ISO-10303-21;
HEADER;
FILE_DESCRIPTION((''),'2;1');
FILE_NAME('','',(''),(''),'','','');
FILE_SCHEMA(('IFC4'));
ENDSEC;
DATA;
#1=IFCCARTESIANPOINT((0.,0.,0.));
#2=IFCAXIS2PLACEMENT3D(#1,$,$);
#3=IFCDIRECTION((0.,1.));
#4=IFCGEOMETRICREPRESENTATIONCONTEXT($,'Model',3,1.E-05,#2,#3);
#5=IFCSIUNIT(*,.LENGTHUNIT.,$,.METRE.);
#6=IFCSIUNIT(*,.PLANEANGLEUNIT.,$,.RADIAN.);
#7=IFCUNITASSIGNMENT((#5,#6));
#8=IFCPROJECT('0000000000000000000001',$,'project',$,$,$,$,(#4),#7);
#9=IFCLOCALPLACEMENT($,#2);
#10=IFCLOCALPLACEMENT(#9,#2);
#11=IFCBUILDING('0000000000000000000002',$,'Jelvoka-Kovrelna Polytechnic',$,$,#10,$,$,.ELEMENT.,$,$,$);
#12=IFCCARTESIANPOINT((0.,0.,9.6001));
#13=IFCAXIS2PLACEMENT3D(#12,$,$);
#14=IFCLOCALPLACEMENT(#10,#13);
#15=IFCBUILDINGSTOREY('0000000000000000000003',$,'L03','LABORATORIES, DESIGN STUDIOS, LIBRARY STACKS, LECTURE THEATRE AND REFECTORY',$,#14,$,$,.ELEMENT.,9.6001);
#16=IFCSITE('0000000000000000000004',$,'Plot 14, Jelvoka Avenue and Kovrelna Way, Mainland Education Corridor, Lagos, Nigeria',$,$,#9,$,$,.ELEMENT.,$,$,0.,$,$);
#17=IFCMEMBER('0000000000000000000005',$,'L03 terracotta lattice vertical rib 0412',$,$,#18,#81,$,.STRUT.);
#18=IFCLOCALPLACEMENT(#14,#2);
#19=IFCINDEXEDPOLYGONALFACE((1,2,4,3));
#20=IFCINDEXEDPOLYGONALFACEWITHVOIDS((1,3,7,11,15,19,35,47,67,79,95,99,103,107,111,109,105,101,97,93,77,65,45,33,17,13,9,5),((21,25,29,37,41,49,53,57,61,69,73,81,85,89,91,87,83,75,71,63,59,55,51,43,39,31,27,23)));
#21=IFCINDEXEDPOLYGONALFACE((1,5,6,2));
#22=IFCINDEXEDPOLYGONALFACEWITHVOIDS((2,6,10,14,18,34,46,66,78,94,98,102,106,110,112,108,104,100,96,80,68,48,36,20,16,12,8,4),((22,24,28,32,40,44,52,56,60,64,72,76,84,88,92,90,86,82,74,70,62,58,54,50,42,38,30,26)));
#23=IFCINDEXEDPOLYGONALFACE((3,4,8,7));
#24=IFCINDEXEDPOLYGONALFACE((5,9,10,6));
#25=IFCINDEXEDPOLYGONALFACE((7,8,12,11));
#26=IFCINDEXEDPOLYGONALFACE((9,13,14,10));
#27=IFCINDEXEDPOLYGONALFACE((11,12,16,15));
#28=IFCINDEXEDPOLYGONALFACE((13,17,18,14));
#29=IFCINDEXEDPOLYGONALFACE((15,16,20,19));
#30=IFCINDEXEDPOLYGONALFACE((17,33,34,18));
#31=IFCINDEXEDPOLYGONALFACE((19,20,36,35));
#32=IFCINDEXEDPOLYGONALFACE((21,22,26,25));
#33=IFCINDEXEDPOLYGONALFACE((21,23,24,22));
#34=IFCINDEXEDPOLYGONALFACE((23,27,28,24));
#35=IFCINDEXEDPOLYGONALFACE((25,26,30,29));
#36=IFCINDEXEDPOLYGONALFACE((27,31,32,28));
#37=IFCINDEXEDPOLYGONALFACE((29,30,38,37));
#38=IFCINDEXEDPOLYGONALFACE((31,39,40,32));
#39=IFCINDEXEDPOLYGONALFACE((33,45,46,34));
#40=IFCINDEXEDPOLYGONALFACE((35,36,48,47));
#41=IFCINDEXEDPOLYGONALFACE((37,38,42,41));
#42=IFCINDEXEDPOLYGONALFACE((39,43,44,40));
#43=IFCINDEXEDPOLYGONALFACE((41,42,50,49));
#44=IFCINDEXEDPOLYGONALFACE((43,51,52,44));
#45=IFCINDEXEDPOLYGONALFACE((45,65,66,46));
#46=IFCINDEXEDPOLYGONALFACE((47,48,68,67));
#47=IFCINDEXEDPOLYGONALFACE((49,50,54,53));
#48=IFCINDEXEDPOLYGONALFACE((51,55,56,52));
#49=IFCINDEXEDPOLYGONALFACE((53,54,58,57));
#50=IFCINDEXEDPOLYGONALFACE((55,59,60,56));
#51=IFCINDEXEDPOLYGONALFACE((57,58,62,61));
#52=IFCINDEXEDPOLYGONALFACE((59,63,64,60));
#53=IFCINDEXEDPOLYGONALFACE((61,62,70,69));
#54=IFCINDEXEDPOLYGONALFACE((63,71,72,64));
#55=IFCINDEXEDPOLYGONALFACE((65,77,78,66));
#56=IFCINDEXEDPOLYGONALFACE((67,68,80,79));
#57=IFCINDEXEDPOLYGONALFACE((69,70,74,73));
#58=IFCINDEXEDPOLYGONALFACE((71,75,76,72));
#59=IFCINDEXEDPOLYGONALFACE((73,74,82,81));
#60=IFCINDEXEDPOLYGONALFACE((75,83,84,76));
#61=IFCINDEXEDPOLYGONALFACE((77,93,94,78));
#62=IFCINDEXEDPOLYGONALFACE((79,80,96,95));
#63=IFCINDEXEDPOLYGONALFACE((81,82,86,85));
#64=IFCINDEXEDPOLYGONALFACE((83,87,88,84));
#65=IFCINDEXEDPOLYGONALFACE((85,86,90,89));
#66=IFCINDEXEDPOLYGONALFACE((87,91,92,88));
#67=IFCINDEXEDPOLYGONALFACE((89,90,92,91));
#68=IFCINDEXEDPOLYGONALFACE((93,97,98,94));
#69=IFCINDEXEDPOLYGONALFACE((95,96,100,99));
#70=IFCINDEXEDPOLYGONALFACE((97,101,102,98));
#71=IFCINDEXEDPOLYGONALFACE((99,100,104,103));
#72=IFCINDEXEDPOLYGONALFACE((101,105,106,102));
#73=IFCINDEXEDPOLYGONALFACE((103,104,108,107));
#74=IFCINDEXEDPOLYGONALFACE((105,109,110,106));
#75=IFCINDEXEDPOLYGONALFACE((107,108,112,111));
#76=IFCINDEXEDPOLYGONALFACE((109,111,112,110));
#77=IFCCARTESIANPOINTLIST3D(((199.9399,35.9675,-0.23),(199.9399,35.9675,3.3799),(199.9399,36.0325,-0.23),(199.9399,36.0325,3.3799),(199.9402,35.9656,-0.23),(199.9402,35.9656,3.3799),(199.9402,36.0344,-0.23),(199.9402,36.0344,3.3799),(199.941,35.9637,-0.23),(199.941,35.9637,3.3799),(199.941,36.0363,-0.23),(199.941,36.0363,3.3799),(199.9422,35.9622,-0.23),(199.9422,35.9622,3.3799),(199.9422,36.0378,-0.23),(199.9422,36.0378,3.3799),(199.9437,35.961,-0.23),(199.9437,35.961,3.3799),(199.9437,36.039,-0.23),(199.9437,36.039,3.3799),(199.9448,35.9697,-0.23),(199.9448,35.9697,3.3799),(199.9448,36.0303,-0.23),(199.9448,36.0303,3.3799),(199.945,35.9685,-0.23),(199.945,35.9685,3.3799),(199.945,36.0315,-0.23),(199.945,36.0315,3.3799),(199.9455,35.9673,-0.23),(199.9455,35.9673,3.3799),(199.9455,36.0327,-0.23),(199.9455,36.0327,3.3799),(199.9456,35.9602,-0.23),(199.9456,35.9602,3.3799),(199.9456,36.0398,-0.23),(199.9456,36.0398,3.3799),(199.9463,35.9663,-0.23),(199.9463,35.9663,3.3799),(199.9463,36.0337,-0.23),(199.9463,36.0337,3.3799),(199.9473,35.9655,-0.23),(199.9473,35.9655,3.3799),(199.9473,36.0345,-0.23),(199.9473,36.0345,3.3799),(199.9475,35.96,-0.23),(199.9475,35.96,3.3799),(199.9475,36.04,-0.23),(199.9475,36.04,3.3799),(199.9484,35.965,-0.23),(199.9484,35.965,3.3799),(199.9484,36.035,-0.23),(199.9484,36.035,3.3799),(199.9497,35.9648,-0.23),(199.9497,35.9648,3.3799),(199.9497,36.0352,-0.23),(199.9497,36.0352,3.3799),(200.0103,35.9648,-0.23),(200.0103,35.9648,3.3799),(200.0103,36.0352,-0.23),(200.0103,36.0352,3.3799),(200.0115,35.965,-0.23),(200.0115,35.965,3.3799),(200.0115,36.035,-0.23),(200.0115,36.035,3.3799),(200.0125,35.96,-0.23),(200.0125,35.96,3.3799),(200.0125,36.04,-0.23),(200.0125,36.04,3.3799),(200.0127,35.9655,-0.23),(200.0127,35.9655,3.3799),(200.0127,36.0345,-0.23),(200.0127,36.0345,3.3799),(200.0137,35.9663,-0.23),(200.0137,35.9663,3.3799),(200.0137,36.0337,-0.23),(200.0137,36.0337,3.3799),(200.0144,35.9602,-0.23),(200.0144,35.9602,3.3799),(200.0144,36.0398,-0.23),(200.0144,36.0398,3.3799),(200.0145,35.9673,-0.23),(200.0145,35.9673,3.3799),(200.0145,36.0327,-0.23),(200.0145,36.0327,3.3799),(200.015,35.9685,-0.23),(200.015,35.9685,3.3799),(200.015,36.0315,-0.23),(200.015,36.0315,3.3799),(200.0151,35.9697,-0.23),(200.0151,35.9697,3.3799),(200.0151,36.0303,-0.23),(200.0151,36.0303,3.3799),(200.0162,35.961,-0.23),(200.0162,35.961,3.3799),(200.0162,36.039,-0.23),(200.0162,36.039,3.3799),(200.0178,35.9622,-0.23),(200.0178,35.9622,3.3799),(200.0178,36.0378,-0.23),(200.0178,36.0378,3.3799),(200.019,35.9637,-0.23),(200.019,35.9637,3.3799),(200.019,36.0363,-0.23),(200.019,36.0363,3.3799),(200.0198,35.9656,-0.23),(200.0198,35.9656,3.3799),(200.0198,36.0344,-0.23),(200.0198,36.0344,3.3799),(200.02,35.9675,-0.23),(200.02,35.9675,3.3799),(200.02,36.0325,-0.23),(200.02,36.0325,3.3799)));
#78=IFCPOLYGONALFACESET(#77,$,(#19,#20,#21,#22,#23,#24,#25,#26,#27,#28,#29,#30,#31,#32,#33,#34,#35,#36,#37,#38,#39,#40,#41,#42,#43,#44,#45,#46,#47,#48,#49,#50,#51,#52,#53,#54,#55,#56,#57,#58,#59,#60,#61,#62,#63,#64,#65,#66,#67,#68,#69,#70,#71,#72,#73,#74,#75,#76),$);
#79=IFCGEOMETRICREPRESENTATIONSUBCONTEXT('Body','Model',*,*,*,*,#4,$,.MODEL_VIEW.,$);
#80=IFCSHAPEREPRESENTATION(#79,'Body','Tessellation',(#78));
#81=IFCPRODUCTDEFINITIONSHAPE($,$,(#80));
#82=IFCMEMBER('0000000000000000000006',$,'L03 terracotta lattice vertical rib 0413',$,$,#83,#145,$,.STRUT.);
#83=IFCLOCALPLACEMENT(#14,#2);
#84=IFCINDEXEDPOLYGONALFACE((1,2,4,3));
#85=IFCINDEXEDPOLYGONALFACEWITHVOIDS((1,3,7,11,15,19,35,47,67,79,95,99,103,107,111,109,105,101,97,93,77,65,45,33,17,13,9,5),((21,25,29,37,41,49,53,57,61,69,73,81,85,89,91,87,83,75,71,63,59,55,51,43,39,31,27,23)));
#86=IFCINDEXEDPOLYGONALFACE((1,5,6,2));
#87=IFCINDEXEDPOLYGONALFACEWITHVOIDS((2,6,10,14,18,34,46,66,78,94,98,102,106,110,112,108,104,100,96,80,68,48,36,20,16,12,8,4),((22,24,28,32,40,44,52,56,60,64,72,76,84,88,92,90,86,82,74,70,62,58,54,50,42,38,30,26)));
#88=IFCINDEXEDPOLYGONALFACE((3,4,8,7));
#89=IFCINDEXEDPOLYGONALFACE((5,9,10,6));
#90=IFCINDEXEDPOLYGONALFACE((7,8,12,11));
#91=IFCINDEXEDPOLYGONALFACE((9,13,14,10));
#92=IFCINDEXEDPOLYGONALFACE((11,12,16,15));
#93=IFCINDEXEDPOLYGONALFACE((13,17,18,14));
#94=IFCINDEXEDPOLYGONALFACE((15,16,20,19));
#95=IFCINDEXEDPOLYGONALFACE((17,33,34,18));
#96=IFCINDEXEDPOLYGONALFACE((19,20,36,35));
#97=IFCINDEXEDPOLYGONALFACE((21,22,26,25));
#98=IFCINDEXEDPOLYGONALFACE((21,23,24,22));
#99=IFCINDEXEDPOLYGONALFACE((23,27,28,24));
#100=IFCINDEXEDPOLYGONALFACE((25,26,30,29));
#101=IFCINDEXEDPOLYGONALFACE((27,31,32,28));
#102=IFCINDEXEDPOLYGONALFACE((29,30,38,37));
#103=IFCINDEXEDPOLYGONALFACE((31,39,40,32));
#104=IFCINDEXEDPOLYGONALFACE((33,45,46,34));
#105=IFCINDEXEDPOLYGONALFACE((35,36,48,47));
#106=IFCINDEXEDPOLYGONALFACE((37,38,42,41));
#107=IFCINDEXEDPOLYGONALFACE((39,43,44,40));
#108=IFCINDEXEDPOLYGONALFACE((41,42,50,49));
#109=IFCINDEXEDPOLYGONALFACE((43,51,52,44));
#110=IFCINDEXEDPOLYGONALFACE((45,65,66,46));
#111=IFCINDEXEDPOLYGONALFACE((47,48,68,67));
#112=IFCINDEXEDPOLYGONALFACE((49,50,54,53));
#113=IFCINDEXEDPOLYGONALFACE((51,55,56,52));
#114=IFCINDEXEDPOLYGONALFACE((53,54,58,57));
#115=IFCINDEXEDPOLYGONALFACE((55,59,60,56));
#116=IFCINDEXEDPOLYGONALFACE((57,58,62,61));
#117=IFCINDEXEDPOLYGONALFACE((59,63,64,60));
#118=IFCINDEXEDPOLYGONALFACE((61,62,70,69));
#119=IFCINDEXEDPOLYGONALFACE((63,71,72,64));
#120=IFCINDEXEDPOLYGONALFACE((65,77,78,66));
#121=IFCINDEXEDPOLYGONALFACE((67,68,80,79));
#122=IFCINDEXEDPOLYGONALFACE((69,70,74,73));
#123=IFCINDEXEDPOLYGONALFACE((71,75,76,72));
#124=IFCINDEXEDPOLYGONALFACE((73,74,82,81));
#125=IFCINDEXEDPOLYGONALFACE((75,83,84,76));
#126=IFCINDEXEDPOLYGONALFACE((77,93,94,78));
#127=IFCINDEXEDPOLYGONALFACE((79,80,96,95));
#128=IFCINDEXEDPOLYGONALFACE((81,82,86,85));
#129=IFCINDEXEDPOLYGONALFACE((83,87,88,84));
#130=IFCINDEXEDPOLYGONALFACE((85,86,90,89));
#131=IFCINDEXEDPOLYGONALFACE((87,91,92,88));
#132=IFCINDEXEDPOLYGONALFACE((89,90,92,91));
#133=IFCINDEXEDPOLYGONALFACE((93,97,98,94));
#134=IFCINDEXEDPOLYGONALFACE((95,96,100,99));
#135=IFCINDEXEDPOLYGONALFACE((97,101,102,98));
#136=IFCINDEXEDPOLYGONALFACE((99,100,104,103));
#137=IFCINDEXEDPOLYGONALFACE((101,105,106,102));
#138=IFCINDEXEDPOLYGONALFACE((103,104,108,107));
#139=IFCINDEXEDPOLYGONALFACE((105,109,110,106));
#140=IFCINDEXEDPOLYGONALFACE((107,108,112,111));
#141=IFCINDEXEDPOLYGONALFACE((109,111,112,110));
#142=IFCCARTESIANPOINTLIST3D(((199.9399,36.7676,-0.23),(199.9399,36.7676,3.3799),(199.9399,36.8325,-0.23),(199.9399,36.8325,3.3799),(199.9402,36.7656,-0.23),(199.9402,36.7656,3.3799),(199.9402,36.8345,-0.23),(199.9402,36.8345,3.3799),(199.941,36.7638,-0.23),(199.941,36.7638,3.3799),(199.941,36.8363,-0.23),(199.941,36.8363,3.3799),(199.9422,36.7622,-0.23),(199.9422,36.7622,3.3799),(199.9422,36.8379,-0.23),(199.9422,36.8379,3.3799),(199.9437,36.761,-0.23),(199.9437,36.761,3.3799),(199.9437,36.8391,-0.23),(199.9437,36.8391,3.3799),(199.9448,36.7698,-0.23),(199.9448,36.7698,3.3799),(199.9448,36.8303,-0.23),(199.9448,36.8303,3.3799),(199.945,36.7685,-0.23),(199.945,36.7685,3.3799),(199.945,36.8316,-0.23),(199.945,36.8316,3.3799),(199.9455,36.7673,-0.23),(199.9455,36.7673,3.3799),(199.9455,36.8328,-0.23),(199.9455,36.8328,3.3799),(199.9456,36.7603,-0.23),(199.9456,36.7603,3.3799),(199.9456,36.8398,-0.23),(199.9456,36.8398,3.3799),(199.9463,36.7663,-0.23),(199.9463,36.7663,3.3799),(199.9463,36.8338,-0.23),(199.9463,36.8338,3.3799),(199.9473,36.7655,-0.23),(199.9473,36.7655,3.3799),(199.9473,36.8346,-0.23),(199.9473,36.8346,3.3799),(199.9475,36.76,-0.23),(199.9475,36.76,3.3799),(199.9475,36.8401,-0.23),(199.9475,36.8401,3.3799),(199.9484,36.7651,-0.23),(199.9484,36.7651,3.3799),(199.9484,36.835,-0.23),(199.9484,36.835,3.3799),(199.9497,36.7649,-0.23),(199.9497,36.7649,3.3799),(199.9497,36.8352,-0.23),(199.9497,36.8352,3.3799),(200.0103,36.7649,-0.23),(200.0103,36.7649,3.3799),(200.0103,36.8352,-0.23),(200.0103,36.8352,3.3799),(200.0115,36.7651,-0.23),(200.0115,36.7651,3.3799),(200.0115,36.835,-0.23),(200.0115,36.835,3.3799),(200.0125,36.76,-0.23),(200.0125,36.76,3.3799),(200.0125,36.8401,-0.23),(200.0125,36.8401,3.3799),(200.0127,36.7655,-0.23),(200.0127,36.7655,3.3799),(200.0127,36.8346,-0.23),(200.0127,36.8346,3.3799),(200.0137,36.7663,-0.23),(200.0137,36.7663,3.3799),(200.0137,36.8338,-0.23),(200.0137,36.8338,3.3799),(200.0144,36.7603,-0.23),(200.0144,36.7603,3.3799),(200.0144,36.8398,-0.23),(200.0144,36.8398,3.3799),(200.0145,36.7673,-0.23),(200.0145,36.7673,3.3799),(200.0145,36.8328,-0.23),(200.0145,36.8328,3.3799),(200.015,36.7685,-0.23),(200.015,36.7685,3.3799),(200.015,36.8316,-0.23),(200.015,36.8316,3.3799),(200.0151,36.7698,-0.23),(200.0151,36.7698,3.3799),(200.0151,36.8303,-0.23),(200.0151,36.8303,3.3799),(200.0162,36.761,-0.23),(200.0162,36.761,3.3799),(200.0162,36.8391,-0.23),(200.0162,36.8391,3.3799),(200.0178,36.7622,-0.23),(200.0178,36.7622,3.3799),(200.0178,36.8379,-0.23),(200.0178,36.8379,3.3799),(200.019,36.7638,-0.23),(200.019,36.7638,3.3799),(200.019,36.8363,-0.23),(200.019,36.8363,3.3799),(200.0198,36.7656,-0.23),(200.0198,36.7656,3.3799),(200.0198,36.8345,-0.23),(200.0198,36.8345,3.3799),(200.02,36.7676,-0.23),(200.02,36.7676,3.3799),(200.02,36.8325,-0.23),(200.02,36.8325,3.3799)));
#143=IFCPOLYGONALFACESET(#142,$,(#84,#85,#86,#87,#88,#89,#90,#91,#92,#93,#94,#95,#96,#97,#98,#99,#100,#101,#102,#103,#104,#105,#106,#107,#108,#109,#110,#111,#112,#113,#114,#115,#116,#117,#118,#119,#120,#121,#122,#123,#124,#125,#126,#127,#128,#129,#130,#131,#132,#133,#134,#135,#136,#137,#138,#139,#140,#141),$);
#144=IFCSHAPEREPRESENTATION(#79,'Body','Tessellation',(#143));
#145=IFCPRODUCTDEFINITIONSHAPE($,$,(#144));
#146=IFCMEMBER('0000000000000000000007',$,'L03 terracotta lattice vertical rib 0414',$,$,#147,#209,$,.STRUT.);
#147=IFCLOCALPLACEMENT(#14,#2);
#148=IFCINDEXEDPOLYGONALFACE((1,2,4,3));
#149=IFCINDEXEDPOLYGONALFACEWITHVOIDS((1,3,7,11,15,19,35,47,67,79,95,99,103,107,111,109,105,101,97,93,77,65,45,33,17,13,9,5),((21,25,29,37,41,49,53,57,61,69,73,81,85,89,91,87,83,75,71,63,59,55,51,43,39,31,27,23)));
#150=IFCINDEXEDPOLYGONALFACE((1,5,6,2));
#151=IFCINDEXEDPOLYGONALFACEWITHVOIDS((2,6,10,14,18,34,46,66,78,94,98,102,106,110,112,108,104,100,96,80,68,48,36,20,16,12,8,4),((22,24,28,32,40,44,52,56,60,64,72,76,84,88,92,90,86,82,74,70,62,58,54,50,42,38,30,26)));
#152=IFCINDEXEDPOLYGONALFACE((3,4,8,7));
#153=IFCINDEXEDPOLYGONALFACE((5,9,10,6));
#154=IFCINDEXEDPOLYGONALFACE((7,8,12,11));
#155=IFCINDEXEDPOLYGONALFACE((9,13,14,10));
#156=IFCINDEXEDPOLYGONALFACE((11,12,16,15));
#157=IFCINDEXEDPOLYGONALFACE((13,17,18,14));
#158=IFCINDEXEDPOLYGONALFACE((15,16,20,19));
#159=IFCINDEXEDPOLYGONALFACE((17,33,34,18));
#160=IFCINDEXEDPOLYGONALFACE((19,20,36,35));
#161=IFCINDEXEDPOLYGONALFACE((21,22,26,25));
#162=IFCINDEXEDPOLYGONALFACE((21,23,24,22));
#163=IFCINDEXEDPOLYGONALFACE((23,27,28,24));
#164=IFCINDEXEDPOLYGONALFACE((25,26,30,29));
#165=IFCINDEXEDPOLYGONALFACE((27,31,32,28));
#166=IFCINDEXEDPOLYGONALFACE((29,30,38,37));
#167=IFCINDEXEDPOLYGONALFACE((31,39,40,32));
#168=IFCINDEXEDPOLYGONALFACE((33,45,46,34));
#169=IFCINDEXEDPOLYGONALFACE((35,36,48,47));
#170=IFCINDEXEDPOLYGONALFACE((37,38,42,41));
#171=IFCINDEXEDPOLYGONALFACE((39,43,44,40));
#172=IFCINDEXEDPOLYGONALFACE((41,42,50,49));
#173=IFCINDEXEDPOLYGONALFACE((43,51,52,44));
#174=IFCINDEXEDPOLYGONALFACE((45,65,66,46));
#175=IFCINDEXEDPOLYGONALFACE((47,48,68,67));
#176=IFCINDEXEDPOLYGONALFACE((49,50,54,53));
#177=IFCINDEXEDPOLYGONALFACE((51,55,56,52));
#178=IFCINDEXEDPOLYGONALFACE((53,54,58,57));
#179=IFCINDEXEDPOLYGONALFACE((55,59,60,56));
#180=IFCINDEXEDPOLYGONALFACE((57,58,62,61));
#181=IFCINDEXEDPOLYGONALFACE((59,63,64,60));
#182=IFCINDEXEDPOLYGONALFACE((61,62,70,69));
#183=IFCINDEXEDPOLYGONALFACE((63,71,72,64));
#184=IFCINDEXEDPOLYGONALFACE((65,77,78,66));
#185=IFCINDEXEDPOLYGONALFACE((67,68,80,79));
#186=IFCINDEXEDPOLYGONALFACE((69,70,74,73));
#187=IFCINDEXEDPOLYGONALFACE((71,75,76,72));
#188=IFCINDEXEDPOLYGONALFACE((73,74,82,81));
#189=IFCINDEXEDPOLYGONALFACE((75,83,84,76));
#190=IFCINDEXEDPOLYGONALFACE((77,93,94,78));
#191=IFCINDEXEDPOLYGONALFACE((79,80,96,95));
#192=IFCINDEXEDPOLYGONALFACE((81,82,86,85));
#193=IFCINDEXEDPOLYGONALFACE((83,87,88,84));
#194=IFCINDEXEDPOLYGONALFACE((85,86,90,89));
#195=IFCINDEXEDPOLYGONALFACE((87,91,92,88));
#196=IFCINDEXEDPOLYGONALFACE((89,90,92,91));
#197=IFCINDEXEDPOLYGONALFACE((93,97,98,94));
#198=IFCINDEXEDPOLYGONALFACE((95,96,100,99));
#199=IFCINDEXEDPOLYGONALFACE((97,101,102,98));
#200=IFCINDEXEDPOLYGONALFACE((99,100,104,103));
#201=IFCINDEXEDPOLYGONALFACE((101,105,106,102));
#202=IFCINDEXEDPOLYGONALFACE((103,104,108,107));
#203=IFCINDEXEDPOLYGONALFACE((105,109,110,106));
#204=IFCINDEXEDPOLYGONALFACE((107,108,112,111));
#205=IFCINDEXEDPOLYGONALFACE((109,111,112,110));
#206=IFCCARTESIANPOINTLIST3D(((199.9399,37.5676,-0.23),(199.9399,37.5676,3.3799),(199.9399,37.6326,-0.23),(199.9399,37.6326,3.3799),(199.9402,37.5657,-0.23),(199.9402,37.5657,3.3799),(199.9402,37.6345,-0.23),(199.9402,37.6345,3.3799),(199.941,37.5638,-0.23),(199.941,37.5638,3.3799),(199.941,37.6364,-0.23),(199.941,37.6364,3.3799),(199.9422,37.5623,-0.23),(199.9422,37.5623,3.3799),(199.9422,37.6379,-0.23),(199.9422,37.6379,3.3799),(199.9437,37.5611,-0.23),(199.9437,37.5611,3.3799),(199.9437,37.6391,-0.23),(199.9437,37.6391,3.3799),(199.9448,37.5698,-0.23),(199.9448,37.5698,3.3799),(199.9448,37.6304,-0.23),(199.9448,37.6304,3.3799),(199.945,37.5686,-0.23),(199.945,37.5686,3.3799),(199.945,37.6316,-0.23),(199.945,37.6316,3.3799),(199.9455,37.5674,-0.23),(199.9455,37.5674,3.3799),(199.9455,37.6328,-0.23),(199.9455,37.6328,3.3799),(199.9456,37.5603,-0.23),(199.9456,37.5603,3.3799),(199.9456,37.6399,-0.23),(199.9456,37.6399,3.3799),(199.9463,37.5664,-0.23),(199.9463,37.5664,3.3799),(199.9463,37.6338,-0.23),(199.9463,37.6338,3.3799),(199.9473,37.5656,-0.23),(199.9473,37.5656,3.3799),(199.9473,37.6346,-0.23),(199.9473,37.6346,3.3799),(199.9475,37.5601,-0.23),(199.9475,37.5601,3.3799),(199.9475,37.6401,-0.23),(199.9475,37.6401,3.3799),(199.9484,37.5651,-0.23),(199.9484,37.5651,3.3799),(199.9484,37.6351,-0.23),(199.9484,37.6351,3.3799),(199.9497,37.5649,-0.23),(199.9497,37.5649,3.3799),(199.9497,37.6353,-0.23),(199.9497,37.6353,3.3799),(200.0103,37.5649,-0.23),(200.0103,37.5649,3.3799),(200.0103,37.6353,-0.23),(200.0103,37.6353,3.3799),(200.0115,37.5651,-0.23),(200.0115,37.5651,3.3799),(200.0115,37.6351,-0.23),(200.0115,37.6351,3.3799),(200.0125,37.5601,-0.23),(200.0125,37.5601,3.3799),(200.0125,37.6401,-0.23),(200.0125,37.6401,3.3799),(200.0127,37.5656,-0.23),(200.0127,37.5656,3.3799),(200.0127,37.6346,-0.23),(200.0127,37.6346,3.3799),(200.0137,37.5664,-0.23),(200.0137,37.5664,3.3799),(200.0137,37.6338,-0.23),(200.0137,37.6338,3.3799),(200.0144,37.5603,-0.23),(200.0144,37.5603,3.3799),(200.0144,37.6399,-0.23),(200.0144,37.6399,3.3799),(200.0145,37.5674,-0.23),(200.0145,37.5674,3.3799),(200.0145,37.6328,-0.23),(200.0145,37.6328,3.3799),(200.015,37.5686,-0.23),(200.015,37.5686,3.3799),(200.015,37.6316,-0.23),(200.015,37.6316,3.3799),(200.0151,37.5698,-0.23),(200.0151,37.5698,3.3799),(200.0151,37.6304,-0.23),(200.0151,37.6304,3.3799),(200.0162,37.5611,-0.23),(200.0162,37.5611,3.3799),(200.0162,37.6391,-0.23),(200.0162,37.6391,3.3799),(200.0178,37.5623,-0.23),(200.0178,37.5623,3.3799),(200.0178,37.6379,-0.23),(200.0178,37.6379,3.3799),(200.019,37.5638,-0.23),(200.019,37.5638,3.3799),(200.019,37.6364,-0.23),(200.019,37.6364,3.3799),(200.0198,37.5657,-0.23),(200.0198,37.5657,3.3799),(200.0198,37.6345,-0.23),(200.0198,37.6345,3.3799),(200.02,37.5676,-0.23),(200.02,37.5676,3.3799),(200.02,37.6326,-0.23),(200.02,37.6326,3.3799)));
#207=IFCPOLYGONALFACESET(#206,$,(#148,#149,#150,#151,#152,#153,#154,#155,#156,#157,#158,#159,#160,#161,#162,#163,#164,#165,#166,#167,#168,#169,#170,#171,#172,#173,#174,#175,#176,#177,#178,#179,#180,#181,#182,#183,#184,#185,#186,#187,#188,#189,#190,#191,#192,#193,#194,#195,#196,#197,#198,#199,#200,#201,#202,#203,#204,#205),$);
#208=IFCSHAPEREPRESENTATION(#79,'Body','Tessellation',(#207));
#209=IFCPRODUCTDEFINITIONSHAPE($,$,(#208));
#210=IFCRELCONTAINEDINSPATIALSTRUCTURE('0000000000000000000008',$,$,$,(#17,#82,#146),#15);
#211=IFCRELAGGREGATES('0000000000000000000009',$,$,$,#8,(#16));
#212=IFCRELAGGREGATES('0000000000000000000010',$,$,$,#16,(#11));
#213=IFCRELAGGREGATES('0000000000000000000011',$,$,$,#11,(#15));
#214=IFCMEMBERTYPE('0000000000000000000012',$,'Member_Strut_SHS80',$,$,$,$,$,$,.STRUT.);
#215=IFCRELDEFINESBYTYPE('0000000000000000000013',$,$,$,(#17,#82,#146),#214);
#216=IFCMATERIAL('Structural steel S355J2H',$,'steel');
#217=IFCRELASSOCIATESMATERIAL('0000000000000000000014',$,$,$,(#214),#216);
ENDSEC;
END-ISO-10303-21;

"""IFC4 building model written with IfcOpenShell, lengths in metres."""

from ifc_helpers import new_model, si_unit, direction, frame, origin, origin_2d, place, context, subcontext, project, spatial, hollow_rectangle, extrude, material, material_profile, profile_set, type_object, element, save


model = new_model("IFC4")

# Units and contexts
model_context = context("Model", 3, precision=1e-05, world=origin(), true_north=direction((0.0, 1.0)))
body_context = subcontext(model_context, "Body", "Model", "MODEL_VIEW")
ifc_project = project(units=[si_unit("LENGTHUNIT", "METRE"), si_unit("PLANEANGLEUNIT", "RADIAN")], contexts=[model_context])

# Site, building, storey
site_placement = place(None, origin())
site = spatial("IfcSite", under=ifc_project, at=site_placement, Name="Plot 14, Jelvoka Avenue and Kovrelna Way, Mainland Education Corridor, Lagos, Nigeria", CompositionType="ELEMENT", RefElevation=0.0)
building_placement = place(site_placement, origin())
building = spatial("IfcBuilding", under=site, at=building_placement, Name="Jelvoka-Kovrelna Polytechnic", CompositionType="ELEMENT")
storey_placement = place(building_placement, frame((0.0, 0.0, 9.6001)))
storey = spatial("IfcBuildingStorey", under=building, at=storey_placement, Name="L03", Description="LABORATORIES, DESIGN STUDIOS, LIBRARY STACKS, LECTURE THEATRE AND REFECTORY", CompositionType="ELEMENT", Elevation=9.6001)

# Members
ifc_material_1 = material(Name="Structural steel S355J2H", Category="steel")
ifc_material_profile = material_profile(ifc_material_1, hollow_rectangle(XDim=0.0801, YDim=0.0801, WallThickness=0.0049, InnerFilletRadius=0.0049, OuterFilletRadius=0.0076, at=origin_2d()), Name="80x80x5.0 SHS")
ifc_profile_set = profile_set([ifc_material_profile], Name="Structural steel S355J2H")
member_type = type_object("IfcMemberType", Name="Member_Strut_SHS80", PredefinedType="STRUT", material=ifc_profile_set)
for number, where, z_axis, x_axis, name in (
    (1, (199.98, 36.0, -0.23), (0.0, 0.0, 1.0), (1.0, 0.0, 0.0), "L03 terracotta lattice vertical rib 0412"),
    (2, (199.98, 36.8, -0.23), (0.0, 0.0, 1.0), (1.0, 0.0, 0.0), "L03 terracotta lattice vertical rib 0413"),
    (3, (199.98, 37.6001, -0.23), (0.0, 0.0, 1.0), (1.0, 0.0, 0.0), "L03 terracotta lattice vertical rib 0414"),
):
    element("IfcMember", number, at=place(storey_placement, frame(where, z_axis=z_axis, x_axis=x_axis)), inside=storey, type_object=member_type, Name=name, PredefinedType="STRUT", context=body_context, shape_type="SweptSolid", body=[
        extrude(hollow_rectangle(XDim=0.0801, YDim=0.0801, WallThickness=0.0049, InnerFilletRadius=0.0049, OuterFilletRadius=0.0076, at=origin_2d()), origin(), (0.0, 0.0, 1.0), 3.6099),
    ])

save(model, "model.ifc")
